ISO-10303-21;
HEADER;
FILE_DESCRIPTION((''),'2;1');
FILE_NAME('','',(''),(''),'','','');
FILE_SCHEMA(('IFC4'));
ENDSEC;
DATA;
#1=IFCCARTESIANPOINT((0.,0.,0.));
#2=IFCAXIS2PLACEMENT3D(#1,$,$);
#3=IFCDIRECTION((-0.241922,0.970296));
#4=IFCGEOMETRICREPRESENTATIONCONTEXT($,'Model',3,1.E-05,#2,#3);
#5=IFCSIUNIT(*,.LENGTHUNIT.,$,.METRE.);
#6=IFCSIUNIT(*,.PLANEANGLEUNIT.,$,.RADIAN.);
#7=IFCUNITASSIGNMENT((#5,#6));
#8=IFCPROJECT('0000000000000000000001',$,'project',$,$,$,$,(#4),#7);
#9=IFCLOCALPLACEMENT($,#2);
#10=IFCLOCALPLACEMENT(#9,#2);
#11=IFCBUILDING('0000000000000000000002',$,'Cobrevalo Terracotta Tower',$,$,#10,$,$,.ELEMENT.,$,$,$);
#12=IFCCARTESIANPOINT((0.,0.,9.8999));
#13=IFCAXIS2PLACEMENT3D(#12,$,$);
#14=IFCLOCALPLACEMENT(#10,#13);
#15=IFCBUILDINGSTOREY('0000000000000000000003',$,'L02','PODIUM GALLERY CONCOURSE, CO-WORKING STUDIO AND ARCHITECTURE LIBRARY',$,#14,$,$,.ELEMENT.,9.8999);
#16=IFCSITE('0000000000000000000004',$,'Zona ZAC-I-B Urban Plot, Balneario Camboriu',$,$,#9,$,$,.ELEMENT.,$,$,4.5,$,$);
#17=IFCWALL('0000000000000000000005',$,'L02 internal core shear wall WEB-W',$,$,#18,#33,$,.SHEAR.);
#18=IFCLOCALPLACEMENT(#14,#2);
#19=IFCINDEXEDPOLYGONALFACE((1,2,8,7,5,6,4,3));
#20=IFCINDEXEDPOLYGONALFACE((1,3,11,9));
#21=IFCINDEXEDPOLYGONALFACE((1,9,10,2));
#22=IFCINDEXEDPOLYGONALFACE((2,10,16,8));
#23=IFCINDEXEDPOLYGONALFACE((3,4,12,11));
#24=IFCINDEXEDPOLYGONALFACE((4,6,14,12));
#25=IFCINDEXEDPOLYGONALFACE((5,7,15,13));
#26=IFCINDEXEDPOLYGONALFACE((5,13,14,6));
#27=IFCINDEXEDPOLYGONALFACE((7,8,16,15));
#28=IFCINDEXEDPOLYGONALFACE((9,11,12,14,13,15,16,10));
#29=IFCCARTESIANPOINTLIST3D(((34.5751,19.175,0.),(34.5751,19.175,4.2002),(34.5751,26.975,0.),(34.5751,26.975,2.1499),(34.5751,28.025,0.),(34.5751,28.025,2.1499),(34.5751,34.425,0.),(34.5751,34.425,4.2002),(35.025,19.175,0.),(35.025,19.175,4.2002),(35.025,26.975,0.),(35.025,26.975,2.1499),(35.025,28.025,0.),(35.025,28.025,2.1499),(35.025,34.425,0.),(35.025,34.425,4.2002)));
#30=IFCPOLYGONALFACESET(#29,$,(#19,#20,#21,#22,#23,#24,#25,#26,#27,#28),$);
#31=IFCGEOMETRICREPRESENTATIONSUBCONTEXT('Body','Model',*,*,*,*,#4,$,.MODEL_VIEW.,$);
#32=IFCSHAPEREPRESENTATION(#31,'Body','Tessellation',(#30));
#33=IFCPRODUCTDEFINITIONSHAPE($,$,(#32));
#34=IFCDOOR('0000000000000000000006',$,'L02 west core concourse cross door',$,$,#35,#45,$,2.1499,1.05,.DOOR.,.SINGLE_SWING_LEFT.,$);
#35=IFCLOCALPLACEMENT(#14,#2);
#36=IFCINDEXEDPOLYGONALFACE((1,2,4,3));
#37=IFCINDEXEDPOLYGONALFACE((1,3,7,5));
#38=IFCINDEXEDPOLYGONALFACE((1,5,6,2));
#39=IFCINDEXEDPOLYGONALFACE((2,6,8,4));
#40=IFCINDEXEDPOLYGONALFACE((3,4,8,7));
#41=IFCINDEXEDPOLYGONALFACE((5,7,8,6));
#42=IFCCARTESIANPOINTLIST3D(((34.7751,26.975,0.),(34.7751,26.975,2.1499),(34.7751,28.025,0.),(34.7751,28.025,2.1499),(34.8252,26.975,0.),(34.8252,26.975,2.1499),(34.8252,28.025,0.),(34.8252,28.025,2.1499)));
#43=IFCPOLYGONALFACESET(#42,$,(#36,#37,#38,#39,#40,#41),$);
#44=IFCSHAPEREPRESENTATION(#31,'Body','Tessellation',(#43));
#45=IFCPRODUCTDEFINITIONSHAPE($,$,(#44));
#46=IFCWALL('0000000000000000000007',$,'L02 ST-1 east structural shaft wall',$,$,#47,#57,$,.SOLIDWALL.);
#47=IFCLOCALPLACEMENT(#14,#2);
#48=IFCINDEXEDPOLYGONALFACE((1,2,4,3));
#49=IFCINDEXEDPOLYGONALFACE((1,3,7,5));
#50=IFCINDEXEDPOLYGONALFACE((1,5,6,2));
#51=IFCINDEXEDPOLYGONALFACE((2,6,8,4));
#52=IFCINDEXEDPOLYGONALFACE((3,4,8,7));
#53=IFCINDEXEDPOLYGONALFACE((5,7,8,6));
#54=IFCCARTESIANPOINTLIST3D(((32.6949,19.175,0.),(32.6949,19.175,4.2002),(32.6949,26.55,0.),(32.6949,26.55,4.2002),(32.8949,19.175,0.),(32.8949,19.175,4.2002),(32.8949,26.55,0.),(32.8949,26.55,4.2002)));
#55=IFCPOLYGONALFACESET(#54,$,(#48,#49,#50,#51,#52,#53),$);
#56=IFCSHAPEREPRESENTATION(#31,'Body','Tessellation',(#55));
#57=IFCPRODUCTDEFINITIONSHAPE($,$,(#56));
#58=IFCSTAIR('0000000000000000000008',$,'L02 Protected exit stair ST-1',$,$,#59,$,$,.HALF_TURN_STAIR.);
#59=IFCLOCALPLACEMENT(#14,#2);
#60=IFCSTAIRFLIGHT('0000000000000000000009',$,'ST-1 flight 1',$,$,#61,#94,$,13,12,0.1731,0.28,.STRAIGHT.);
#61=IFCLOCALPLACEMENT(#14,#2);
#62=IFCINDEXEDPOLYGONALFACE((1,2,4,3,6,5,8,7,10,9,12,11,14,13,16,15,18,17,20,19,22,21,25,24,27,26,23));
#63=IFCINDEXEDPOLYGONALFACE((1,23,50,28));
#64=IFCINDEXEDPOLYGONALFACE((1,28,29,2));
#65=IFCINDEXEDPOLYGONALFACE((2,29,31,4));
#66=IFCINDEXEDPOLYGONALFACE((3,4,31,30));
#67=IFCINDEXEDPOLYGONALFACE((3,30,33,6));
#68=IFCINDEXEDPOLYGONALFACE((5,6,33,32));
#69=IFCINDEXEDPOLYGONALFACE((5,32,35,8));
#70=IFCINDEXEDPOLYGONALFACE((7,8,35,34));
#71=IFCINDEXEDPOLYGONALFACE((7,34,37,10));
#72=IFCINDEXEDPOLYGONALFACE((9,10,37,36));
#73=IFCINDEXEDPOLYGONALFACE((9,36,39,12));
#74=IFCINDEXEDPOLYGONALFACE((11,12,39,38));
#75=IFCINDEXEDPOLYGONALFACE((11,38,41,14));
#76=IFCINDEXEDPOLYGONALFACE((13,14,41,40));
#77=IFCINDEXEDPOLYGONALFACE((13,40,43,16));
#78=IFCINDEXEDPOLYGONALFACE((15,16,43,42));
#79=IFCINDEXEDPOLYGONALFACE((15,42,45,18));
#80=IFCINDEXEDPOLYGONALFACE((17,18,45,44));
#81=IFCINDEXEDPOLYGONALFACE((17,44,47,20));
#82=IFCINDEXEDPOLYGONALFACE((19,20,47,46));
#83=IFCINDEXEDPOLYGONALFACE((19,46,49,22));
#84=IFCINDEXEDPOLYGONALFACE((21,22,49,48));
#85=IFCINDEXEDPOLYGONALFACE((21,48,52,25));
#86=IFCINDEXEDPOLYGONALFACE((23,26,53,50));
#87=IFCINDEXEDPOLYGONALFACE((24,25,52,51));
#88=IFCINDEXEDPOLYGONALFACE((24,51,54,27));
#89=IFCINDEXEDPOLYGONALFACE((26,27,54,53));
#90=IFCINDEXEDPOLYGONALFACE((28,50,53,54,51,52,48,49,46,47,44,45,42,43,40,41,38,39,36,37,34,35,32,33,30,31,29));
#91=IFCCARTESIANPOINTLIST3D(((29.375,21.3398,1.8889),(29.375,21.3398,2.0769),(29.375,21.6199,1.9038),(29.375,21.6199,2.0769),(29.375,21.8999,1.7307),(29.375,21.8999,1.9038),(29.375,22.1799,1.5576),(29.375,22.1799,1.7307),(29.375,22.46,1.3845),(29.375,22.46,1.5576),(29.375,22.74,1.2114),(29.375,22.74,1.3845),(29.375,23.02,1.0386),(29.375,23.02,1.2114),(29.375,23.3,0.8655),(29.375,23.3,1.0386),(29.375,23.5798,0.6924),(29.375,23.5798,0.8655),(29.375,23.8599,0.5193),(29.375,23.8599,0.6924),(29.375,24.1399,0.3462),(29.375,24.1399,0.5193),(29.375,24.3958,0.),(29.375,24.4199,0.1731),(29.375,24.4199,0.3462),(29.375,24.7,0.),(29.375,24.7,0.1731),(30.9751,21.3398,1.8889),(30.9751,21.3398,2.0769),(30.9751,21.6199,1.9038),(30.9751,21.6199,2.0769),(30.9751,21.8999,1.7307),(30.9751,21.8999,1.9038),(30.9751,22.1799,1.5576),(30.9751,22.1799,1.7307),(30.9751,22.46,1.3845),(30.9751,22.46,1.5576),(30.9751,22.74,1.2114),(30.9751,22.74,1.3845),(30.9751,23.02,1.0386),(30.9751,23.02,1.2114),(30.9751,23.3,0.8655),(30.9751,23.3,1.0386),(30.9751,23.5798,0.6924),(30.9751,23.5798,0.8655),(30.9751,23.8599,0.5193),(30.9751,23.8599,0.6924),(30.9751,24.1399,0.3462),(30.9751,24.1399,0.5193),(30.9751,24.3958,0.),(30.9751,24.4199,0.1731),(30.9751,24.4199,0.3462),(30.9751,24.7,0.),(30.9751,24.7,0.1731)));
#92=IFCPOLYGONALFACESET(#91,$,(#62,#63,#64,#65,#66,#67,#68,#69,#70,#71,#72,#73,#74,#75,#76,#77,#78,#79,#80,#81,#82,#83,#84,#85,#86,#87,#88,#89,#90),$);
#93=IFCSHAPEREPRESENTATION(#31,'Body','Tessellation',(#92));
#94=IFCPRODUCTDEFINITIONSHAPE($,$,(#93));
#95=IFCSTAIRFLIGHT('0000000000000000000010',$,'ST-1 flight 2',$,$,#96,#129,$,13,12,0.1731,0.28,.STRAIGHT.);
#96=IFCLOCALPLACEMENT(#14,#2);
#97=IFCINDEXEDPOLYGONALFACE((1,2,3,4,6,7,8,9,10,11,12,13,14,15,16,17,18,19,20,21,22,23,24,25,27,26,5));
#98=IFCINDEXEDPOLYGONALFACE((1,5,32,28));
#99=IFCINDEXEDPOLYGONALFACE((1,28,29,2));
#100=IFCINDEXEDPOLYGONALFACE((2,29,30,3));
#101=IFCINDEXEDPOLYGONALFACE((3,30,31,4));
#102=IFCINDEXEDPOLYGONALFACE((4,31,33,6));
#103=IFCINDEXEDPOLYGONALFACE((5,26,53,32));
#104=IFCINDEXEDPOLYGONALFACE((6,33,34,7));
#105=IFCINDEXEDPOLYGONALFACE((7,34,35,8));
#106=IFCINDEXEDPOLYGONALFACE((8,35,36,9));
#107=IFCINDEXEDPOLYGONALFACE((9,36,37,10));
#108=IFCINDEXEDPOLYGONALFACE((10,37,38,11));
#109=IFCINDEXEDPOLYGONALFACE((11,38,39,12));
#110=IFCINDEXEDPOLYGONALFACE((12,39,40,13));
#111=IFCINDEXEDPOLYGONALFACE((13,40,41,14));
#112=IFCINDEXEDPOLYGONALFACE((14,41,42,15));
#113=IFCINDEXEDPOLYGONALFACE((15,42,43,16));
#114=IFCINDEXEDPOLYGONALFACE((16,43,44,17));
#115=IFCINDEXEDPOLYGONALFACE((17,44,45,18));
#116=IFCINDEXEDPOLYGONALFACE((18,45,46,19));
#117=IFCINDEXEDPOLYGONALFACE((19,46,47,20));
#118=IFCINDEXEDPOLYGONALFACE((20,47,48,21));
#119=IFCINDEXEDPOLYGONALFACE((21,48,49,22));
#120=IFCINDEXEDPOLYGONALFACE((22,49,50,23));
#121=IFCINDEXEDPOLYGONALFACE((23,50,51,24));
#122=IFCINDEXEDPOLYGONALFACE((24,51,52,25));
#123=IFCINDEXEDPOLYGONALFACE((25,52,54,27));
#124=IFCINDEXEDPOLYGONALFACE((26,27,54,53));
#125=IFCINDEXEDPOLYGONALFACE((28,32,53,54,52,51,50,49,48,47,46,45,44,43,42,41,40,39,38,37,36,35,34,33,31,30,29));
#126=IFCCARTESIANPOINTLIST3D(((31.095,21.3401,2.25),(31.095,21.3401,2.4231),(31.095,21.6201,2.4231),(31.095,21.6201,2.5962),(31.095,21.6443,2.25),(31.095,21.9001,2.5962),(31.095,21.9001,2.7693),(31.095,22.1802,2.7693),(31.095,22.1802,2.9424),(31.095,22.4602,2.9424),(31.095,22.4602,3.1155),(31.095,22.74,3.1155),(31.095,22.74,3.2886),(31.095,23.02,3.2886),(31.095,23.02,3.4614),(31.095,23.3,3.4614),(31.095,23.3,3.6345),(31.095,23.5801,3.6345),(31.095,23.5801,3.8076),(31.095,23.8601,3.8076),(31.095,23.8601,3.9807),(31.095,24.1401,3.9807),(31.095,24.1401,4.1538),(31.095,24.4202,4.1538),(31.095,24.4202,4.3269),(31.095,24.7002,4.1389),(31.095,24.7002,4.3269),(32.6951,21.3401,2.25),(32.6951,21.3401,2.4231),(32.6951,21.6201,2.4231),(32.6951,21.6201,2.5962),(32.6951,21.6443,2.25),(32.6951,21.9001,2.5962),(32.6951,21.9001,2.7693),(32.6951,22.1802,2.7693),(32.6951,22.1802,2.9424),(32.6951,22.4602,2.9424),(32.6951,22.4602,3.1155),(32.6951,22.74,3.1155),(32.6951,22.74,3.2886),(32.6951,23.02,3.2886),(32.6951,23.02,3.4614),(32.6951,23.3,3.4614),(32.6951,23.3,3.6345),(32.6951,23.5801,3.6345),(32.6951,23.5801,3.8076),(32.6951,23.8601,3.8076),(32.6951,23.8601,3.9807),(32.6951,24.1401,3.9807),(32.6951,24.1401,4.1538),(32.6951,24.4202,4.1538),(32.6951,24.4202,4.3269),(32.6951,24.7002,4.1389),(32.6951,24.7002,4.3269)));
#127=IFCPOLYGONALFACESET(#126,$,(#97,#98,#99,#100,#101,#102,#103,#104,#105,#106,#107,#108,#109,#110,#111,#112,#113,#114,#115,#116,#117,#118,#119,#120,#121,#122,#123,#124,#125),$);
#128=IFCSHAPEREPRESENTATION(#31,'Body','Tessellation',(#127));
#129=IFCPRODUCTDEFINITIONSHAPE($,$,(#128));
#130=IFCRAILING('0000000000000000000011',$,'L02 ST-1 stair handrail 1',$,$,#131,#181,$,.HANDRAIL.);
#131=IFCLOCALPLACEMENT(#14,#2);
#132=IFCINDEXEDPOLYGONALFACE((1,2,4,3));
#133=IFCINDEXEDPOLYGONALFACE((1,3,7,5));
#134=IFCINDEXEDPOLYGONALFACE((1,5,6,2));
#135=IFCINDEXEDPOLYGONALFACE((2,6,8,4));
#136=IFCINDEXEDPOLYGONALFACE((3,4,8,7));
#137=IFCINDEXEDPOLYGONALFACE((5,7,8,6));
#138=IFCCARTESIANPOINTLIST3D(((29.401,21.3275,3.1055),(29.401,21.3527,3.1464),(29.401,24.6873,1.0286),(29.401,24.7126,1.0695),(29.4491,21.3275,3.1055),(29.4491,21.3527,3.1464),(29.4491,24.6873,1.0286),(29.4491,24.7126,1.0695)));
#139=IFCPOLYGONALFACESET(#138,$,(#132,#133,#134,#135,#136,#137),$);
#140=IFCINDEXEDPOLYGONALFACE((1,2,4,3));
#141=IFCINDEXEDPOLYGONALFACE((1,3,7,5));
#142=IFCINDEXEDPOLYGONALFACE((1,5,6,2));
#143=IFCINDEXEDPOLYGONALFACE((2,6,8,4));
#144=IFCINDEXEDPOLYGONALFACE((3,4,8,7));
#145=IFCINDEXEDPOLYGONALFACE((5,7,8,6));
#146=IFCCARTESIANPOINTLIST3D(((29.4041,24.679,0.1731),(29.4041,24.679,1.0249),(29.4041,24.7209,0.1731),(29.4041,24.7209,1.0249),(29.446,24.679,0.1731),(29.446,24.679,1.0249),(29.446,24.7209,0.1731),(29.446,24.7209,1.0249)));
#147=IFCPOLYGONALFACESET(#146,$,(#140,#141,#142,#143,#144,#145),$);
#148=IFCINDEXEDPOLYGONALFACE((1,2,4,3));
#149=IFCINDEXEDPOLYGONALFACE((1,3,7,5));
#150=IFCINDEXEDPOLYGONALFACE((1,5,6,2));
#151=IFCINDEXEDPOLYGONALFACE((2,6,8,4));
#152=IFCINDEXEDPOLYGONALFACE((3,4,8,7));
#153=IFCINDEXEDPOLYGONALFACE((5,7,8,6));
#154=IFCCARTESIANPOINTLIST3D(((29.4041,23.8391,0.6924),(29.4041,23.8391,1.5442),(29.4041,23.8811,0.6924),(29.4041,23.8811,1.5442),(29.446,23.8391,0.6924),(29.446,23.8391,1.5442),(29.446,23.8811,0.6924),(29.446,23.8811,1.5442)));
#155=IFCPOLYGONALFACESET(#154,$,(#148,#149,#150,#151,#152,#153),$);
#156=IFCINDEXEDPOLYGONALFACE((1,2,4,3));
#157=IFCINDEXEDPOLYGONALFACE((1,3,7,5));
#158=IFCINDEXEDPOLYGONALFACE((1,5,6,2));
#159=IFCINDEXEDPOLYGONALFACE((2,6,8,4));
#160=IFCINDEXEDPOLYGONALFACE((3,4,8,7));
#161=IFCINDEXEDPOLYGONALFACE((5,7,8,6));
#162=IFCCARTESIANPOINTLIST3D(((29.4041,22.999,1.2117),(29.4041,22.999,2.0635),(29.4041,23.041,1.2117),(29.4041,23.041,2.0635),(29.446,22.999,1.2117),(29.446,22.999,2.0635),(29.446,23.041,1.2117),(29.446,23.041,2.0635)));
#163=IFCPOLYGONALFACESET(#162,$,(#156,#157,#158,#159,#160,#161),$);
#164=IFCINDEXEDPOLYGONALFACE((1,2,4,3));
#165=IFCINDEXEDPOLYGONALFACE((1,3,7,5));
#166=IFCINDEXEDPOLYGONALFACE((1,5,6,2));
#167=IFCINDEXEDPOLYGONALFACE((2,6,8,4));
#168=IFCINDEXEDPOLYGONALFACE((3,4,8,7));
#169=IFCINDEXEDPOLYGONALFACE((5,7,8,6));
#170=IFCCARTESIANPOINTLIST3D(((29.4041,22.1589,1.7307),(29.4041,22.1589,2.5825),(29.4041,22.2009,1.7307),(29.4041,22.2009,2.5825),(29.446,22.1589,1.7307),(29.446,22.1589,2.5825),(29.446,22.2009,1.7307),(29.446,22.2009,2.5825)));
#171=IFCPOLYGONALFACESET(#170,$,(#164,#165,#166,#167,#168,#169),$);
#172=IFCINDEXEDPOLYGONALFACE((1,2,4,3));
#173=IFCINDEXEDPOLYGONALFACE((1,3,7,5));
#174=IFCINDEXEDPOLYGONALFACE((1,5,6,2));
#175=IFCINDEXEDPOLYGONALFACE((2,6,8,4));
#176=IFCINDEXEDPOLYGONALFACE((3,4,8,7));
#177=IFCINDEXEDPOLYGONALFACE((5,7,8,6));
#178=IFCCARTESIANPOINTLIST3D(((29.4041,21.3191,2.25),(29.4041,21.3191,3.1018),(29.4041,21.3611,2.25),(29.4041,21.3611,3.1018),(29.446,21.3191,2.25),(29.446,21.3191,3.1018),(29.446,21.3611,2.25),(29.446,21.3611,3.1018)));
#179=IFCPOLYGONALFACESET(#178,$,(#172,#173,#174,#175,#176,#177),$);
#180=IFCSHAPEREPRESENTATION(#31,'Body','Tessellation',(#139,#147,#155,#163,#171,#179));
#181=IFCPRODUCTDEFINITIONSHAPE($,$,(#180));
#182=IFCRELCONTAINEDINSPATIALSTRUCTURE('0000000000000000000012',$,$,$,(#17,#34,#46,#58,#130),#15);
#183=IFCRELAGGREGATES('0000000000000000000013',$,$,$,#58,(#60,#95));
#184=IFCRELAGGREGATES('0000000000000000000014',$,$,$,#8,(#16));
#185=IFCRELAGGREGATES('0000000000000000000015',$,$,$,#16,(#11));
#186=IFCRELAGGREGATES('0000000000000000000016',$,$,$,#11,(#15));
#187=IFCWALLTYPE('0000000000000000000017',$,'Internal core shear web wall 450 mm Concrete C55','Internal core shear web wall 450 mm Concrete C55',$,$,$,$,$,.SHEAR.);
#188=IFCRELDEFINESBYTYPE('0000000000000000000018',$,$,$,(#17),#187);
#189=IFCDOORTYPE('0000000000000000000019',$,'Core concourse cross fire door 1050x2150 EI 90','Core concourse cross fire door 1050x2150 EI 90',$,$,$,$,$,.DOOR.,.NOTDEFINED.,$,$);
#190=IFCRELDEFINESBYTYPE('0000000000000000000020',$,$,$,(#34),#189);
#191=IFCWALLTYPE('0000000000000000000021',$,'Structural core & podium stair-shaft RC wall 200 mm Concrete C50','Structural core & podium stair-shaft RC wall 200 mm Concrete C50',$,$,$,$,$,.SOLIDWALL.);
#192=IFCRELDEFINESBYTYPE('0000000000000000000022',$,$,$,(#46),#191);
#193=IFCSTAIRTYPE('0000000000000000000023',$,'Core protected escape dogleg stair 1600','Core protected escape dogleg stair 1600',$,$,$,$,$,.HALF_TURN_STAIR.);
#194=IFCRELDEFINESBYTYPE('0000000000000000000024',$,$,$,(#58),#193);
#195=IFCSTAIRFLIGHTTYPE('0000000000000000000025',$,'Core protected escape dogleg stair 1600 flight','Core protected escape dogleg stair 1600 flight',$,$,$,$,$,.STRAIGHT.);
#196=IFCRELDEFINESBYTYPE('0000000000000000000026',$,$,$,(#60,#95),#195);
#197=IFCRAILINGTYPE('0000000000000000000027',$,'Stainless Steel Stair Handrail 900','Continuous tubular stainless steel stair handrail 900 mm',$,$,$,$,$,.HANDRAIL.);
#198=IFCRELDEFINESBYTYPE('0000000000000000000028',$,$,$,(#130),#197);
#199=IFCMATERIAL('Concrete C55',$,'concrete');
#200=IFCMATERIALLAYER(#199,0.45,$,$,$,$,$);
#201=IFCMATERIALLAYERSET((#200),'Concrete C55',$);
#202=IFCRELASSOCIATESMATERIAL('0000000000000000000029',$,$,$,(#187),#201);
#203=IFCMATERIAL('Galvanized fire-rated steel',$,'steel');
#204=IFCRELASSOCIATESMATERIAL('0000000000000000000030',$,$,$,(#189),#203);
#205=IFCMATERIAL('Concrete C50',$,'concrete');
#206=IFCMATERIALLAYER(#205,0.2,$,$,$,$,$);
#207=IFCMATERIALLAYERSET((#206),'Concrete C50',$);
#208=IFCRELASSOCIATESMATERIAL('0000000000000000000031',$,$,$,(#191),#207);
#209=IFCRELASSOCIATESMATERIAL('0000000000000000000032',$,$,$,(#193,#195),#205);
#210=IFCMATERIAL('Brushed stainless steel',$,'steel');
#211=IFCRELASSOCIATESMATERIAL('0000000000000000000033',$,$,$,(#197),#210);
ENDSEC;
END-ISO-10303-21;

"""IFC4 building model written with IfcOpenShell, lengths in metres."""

from ifc_helpers import new_model, si_unit, direction, frame, frame_2d, origin, origin_2d, place, context, subcontext, project, spatial, polyline, rectangle, outline, extrude, source, transform, mapped, material, layer, layer_set, type_object, element, fill, aggregate, save


model = new_model("IFC4")

# Units and contexts
model_context = context("Model", 3, precision=1e-05, world=origin(), true_north=direction((-0.241922, 0.970296)))
body_context = subcontext(model_context, "Body", "Model", "MODEL_VIEW")
ifc_project = project(units=[si_unit("LENGTHUNIT", "METRE"), si_unit("PLANEANGLEUNIT", "RADIAN")], contexts=[model_context])

# Site, building, storey
site_placement = place(None, origin())
site = spatial("IfcSite", under=ifc_project, at=site_placement, Name="Zona ZAC-I-B Urban Plot, Balneario Camboriu", CompositionType="ELEMENT", RefElevation=4.5)
building_placement = place(site_placement, origin())
building = spatial("IfcBuilding", under=site, at=building_placement, Name="Cobrevalo Terracotta Tower", CompositionType="ELEMENT")
storey_placement = place(building_placement, frame((0.0, 0.0, 9.8999)))
storey = spatial("IfcBuildingStorey", under=building, at=storey_placement, Name="L02", Description="PODIUM GALLERY CONCOURSE, CO-WORKING STUDIO AND ARCHITECTURE LIBRARY", CompositionType="ELEMENT", Elevation=9.8999)

# Wall, opening, door
ifc_material_1 = material(Name="Galvanized fire-rated steel", Category="steel")
ifc_material_2 = material(Name="Concrete C55", Category="concrete")
ifc_layer_1 = layer(ifc_material_2, 0.45)
ifc_layer_set_1 = layer_set([ifc_layer_1], Name="Concrete C55")
wall_type_1 = type_object("IfcWallType", Name="Internal core shear web wall 450 mm Concrete C55", Description="Internal core shear web wall 450 mm Concrete C55", PredefinedType="SHEAR", material=ifc_layer_set_1)
wall_1_placement = place(storey_placement, frame((34.8, 19.175, 0.0), z_axis=(0.0, 0.0, 1.0), x_axis=(0.0, 1.0, 0.0)))
wall_1 = element("IfcWall", 1, at=wall_1_placement, inside=storey, type_object=wall_type_1, Name="L02 internal core shear wall WEB-W", PredefinedType="SHEAR", context=body_context, shape_type="SweptSolid", body=[
    extrude(rectangle(XDim=15.25, YDim=0.45, at=frame_2d((7.625, 0.0))), origin(), (0.0, 0.0, 1.0), 4.2002),
])
opening_1_placement = place(wall_1_placement, frame((7.8, 0.0, 0.0)))
opening_1 = element("IfcOpeningElement", 2, at=opening_1_placement, cuts=wall_1, PredefinedType="OPENING", context=body_context, shape_type="SweptSolid", body=[
    extrude(rectangle(XDim=1.05, YDim=2.1499, at=frame_2d((0.5249, 1.075))), frame((0.0, 0.2349, 0.0), z_axis=(0.0, -1.0, 0.0), x_axis=(1.0, 0.0, 0.0)), (0.0, 0.0, 1.0), 0.47),
])
door_type_1 = type_object("IfcDoorType", Name="Core concourse cross fire door 1050x2150 EI 90", Description="Core concourse cross fire door 1050x2150 EI 90", OperationType="NOTDEFINED", PredefinedType="DOOR", material=ifc_material_1)
shared_shape_1 = source(origin(), body_context, "Body", "SweptSolid", [
    extrude(rectangle(XDim=1.05, YDim=2.1499, at=frame_2d((0.5249, 1.075))), frame((0.0, 0.0249, 0.0), z_axis=(0.0, -1.0, 0.0), x_axis=(1.0, 0.0, 0.0)), (0.0, 0.0, 1.0), 0.05),
])
door_1_placement = place(opening_1_placement, origin())
door_1 = element("IfcDoor", 3, at=door_1_placement, inside=storey, type_object=door_type_1, Name="L02 west core concourse cross door", OperationType="SINGLE_SWING_LEFT", OverallHeight=2.1499, OverallWidth=1.05, PredefinedType="DOOR", context=body_context, shape_type="MappedRepresentation", body=[
    mapped(shared_shape_1, transform((0.0, 0.0, 0.0), scale=1.0)),
])
fill(opening_1, door_1)

# Wall
ifc_material_3 = material(Name="Concrete C50", Category="concrete")
ifc_layer_2 = layer(ifc_material_3, 0.2)
ifc_layer_set_2 = layer_set([ifc_layer_2], Name="Concrete C50")
wall_type_2 = type_object("IfcWallType", Name="Structural core & podium stair-shaft RC wall 200 mm Concrete C50", Description="Structural core & podium stair-shaft RC wall 200 mm Concrete C50", PredefinedType="SOLIDWALL", material=ifc_layer_set_2)
wall_2_placement = place(storey_placement, frame((32.7949, 19.175, 0.0), z_axis=(0.0, 0.0, 1.0), x_axis=(0.0, 1.0, 0.0)))
element("IfcWall", 4, at=wall_2_placement, inside=storey, type_object=wall_type_2, Name="L02 ST-1 east structural shaft wall", PredefinedType="SOLIDWALL", context=body_context, shape_type="SweptSolid", body=[
    extrude(rectangle(XDim=7.375, YDim=0.2, at=frame_2d((3.6875, 0.0))), origin(), (0.0, 0.0, 1.0), 4.2002),
])

# Stair, stair flights
stair_type = type_object("IfcStairType", Name="Core protected escape dogleg stair 1600", Description="Core protected escape dogleg stair 1600", PredefinedType="HALF_TURN_STAIR", material=ifc_material_3)
stair_placement = place(storey_placement, origin())
stair = element("IfcStair", 5, at=stair_placement, inside=storey, type_object=stair_type, Name="L02 Protected exit stair ST-1", PredefinedType="HALF_TURN_STAIR")
stair_flight_type = type_object("IfcStairFlightType", Name="Core protected escape dogleg stair 1600 flight", Description="Core protected escape dogleg stair 1600 flight", PredefinedType="STRAIGHT", material=ifc_material_3)
stair_flight_1_placement = place(storey_placement, frame((30.175, 24.7, 0.0), z_axis=(0.0, 0.0, 1.0), x_axis=(0.0, -1.0, 0.0)))
stair_flight_1 = element("IfcStairFlight", 6, at=stair_flight_1_placement, type_object=stair_flight_type, Name="ST-1 flight 1", NumberOfRisers=13, NumberOfTreads=12, PredefinedType="STRAIGHT", RiserHeight=0.1731, TreadLength=0.28, context=body_context, shape_type="SweptSolid", body=[
    extrude(outline(polyline([(0.0, 0.0), (0.0, 0.1731), (0.28, 0.1731), (0.28, 0.3462), (0.5601, 0.3462), (0.5601, 0.5193), (0.8401, 0.5193), (0.8401, 0.6924), (1.1201, 0.6924), (1.1201, 0.8655), (1.3999, 0.8655), (1.3999, 1.0386), (1.6799, 1.0386), (1.6799, 1.2114), (1.96, 1.2114), (1.96, 1.3845), (2.24, 1.3845), (2.24, 1.5576), (2.52, 1.5576), (2.52, 1.7307), (2.8, 1.7307), (2.8, 1.9038), (3.0801, 1.9038), (3.0801, 2.0769), (3.3601, 2.0769), (3.3601, 2.25), (3.3601, 1.8889), (0.3042, 0.0), (0.0, 0.0)])), frame((0.0, 0.8, 0.0), z_axis=(0.0, -1.0, 0.0), x_axis=(1.0, 0.0, 0.0)), (0.0, 0.0, 1.0), 1.6001),
])
stair_flight_2_placement = place(storey_placement, frame((31.895, 21.3401, 2.25), z_axis=(0.0, 0.0, 1.0), x_axis=(0.0, 1.0, 0.0)))
stair_flight_2 = element("IfcStairFlight", 7, at=stair_flight_2_placement, type_object=stair_flight_type, Name="ST-1 flight 2", NumberOfRisers=13, NumberOfTreads=12, PredefinedType="STRAIGHT", RiserHeight=0.1731, TreadLength=0.28, context=body_context, shape_type="SweptSolid", body=[
    extrude(outline(polyline([(0.0, 0.0), (0.0, 0.1731), (0.28, 0.1731), (0.28, 0.3462), (0.5601, 0.3462), (0.5601, 0.5193), (0.8401, 0.5193), (0.8401, 0.6924), (1.1201, 0.6924), (1.1201, 0.8655), (1.3999, 0.8655), (1.3999, 1.0386), (1.6799, 1.0386), (1.6799, 1.2114), (1.96, 1.2114), (1.96, 1.3845), (2.24, 1.3845), (2.24, 1.5576), (2.52, 1.5576), (2.52, 1.7307), (2.8, 1.7307), (2.8, 1.9038), (3.0801, 1.9038), (3.0801, 2.0769), (3.3601, 2.0769), (3.3601, 2.25), (3.3601, 1.8889), (0.3042, 0.0), (0.0, 0.0)])), frame((0.0, 0.8, 0.0), z_axis=(0.0, -1.0, 0.0), x_axis=(1.0, 0.0, 0.0)), (0.0, 0.0, 1.0), 1.6001),
])
aggregate(stair, [stair_flight_1, stair_flight_2])

# Railing
ifc_material_4 = material(Name="Brushed stainless steel", Category="steel")
railing_type_1 = type_object("IfcRailingType", Name="Stainless Steel Stair Handrail 900", Description="Continuous tubular stainless steel stair handrail 900 mm", PredefinedType="HANDRAIL", material=ifc_material_4)
railing_1_placement = place(storey_placement, frame((29.425, 24.7, 0.1731)))
element("IfcRailing", 8, at=railing_1_placement, inside=storey, type_object=railing_type_1, Name="L02 ST-1 stair handrail 1", PredefinedType="HANDRAIL", context=body_context, shape_type="SweptSolid", body=[
    extrude(rectangle(XDim=0.0481, YDim=0.0481, at=origin_2d()), frame((0.0, 0.0, 0.876), z_axis=(0.0, -0.850606, 0.525803), x_axis=(1.0, 0.0, 0.0)), (0.0, 0.0, 1.0), 3.95),
    extrude(rectangle(XDim=0.042, YDim=0.042, at=origin_2d()), origin(), (0.0, 0.0, 1.0), 0.8518),
    extrude(rectangle(XDim=0.042, YDim=0.042, at=origin_2d()), frame((0.0, -0.8398, 0.5193)), (0.0, 0.0, 1.0), 0.8518),
    extrude(rectangle(XDim=0.042, YDim=0.042, at=origin_2d()), frame((0.0, -1.6799, 1.0386)), (0.0, 0.0, 1.0), 0.8518),
    extrude(rectangle(XDim=0.042, YDim=0.042, at=origin_2d()), frame((0.0, -2.52, 1.5576)), (0.0, 0.0, 1.0), 0.8518),
    extrude(rectangle(XDim=0.042, YDim=0.042, at=origin_2d()), frame((0.0, -3.3599, 2.0769)), (0.0, 0.0, 1.0), 0.8518),
])

save(model, "model.ifc")
